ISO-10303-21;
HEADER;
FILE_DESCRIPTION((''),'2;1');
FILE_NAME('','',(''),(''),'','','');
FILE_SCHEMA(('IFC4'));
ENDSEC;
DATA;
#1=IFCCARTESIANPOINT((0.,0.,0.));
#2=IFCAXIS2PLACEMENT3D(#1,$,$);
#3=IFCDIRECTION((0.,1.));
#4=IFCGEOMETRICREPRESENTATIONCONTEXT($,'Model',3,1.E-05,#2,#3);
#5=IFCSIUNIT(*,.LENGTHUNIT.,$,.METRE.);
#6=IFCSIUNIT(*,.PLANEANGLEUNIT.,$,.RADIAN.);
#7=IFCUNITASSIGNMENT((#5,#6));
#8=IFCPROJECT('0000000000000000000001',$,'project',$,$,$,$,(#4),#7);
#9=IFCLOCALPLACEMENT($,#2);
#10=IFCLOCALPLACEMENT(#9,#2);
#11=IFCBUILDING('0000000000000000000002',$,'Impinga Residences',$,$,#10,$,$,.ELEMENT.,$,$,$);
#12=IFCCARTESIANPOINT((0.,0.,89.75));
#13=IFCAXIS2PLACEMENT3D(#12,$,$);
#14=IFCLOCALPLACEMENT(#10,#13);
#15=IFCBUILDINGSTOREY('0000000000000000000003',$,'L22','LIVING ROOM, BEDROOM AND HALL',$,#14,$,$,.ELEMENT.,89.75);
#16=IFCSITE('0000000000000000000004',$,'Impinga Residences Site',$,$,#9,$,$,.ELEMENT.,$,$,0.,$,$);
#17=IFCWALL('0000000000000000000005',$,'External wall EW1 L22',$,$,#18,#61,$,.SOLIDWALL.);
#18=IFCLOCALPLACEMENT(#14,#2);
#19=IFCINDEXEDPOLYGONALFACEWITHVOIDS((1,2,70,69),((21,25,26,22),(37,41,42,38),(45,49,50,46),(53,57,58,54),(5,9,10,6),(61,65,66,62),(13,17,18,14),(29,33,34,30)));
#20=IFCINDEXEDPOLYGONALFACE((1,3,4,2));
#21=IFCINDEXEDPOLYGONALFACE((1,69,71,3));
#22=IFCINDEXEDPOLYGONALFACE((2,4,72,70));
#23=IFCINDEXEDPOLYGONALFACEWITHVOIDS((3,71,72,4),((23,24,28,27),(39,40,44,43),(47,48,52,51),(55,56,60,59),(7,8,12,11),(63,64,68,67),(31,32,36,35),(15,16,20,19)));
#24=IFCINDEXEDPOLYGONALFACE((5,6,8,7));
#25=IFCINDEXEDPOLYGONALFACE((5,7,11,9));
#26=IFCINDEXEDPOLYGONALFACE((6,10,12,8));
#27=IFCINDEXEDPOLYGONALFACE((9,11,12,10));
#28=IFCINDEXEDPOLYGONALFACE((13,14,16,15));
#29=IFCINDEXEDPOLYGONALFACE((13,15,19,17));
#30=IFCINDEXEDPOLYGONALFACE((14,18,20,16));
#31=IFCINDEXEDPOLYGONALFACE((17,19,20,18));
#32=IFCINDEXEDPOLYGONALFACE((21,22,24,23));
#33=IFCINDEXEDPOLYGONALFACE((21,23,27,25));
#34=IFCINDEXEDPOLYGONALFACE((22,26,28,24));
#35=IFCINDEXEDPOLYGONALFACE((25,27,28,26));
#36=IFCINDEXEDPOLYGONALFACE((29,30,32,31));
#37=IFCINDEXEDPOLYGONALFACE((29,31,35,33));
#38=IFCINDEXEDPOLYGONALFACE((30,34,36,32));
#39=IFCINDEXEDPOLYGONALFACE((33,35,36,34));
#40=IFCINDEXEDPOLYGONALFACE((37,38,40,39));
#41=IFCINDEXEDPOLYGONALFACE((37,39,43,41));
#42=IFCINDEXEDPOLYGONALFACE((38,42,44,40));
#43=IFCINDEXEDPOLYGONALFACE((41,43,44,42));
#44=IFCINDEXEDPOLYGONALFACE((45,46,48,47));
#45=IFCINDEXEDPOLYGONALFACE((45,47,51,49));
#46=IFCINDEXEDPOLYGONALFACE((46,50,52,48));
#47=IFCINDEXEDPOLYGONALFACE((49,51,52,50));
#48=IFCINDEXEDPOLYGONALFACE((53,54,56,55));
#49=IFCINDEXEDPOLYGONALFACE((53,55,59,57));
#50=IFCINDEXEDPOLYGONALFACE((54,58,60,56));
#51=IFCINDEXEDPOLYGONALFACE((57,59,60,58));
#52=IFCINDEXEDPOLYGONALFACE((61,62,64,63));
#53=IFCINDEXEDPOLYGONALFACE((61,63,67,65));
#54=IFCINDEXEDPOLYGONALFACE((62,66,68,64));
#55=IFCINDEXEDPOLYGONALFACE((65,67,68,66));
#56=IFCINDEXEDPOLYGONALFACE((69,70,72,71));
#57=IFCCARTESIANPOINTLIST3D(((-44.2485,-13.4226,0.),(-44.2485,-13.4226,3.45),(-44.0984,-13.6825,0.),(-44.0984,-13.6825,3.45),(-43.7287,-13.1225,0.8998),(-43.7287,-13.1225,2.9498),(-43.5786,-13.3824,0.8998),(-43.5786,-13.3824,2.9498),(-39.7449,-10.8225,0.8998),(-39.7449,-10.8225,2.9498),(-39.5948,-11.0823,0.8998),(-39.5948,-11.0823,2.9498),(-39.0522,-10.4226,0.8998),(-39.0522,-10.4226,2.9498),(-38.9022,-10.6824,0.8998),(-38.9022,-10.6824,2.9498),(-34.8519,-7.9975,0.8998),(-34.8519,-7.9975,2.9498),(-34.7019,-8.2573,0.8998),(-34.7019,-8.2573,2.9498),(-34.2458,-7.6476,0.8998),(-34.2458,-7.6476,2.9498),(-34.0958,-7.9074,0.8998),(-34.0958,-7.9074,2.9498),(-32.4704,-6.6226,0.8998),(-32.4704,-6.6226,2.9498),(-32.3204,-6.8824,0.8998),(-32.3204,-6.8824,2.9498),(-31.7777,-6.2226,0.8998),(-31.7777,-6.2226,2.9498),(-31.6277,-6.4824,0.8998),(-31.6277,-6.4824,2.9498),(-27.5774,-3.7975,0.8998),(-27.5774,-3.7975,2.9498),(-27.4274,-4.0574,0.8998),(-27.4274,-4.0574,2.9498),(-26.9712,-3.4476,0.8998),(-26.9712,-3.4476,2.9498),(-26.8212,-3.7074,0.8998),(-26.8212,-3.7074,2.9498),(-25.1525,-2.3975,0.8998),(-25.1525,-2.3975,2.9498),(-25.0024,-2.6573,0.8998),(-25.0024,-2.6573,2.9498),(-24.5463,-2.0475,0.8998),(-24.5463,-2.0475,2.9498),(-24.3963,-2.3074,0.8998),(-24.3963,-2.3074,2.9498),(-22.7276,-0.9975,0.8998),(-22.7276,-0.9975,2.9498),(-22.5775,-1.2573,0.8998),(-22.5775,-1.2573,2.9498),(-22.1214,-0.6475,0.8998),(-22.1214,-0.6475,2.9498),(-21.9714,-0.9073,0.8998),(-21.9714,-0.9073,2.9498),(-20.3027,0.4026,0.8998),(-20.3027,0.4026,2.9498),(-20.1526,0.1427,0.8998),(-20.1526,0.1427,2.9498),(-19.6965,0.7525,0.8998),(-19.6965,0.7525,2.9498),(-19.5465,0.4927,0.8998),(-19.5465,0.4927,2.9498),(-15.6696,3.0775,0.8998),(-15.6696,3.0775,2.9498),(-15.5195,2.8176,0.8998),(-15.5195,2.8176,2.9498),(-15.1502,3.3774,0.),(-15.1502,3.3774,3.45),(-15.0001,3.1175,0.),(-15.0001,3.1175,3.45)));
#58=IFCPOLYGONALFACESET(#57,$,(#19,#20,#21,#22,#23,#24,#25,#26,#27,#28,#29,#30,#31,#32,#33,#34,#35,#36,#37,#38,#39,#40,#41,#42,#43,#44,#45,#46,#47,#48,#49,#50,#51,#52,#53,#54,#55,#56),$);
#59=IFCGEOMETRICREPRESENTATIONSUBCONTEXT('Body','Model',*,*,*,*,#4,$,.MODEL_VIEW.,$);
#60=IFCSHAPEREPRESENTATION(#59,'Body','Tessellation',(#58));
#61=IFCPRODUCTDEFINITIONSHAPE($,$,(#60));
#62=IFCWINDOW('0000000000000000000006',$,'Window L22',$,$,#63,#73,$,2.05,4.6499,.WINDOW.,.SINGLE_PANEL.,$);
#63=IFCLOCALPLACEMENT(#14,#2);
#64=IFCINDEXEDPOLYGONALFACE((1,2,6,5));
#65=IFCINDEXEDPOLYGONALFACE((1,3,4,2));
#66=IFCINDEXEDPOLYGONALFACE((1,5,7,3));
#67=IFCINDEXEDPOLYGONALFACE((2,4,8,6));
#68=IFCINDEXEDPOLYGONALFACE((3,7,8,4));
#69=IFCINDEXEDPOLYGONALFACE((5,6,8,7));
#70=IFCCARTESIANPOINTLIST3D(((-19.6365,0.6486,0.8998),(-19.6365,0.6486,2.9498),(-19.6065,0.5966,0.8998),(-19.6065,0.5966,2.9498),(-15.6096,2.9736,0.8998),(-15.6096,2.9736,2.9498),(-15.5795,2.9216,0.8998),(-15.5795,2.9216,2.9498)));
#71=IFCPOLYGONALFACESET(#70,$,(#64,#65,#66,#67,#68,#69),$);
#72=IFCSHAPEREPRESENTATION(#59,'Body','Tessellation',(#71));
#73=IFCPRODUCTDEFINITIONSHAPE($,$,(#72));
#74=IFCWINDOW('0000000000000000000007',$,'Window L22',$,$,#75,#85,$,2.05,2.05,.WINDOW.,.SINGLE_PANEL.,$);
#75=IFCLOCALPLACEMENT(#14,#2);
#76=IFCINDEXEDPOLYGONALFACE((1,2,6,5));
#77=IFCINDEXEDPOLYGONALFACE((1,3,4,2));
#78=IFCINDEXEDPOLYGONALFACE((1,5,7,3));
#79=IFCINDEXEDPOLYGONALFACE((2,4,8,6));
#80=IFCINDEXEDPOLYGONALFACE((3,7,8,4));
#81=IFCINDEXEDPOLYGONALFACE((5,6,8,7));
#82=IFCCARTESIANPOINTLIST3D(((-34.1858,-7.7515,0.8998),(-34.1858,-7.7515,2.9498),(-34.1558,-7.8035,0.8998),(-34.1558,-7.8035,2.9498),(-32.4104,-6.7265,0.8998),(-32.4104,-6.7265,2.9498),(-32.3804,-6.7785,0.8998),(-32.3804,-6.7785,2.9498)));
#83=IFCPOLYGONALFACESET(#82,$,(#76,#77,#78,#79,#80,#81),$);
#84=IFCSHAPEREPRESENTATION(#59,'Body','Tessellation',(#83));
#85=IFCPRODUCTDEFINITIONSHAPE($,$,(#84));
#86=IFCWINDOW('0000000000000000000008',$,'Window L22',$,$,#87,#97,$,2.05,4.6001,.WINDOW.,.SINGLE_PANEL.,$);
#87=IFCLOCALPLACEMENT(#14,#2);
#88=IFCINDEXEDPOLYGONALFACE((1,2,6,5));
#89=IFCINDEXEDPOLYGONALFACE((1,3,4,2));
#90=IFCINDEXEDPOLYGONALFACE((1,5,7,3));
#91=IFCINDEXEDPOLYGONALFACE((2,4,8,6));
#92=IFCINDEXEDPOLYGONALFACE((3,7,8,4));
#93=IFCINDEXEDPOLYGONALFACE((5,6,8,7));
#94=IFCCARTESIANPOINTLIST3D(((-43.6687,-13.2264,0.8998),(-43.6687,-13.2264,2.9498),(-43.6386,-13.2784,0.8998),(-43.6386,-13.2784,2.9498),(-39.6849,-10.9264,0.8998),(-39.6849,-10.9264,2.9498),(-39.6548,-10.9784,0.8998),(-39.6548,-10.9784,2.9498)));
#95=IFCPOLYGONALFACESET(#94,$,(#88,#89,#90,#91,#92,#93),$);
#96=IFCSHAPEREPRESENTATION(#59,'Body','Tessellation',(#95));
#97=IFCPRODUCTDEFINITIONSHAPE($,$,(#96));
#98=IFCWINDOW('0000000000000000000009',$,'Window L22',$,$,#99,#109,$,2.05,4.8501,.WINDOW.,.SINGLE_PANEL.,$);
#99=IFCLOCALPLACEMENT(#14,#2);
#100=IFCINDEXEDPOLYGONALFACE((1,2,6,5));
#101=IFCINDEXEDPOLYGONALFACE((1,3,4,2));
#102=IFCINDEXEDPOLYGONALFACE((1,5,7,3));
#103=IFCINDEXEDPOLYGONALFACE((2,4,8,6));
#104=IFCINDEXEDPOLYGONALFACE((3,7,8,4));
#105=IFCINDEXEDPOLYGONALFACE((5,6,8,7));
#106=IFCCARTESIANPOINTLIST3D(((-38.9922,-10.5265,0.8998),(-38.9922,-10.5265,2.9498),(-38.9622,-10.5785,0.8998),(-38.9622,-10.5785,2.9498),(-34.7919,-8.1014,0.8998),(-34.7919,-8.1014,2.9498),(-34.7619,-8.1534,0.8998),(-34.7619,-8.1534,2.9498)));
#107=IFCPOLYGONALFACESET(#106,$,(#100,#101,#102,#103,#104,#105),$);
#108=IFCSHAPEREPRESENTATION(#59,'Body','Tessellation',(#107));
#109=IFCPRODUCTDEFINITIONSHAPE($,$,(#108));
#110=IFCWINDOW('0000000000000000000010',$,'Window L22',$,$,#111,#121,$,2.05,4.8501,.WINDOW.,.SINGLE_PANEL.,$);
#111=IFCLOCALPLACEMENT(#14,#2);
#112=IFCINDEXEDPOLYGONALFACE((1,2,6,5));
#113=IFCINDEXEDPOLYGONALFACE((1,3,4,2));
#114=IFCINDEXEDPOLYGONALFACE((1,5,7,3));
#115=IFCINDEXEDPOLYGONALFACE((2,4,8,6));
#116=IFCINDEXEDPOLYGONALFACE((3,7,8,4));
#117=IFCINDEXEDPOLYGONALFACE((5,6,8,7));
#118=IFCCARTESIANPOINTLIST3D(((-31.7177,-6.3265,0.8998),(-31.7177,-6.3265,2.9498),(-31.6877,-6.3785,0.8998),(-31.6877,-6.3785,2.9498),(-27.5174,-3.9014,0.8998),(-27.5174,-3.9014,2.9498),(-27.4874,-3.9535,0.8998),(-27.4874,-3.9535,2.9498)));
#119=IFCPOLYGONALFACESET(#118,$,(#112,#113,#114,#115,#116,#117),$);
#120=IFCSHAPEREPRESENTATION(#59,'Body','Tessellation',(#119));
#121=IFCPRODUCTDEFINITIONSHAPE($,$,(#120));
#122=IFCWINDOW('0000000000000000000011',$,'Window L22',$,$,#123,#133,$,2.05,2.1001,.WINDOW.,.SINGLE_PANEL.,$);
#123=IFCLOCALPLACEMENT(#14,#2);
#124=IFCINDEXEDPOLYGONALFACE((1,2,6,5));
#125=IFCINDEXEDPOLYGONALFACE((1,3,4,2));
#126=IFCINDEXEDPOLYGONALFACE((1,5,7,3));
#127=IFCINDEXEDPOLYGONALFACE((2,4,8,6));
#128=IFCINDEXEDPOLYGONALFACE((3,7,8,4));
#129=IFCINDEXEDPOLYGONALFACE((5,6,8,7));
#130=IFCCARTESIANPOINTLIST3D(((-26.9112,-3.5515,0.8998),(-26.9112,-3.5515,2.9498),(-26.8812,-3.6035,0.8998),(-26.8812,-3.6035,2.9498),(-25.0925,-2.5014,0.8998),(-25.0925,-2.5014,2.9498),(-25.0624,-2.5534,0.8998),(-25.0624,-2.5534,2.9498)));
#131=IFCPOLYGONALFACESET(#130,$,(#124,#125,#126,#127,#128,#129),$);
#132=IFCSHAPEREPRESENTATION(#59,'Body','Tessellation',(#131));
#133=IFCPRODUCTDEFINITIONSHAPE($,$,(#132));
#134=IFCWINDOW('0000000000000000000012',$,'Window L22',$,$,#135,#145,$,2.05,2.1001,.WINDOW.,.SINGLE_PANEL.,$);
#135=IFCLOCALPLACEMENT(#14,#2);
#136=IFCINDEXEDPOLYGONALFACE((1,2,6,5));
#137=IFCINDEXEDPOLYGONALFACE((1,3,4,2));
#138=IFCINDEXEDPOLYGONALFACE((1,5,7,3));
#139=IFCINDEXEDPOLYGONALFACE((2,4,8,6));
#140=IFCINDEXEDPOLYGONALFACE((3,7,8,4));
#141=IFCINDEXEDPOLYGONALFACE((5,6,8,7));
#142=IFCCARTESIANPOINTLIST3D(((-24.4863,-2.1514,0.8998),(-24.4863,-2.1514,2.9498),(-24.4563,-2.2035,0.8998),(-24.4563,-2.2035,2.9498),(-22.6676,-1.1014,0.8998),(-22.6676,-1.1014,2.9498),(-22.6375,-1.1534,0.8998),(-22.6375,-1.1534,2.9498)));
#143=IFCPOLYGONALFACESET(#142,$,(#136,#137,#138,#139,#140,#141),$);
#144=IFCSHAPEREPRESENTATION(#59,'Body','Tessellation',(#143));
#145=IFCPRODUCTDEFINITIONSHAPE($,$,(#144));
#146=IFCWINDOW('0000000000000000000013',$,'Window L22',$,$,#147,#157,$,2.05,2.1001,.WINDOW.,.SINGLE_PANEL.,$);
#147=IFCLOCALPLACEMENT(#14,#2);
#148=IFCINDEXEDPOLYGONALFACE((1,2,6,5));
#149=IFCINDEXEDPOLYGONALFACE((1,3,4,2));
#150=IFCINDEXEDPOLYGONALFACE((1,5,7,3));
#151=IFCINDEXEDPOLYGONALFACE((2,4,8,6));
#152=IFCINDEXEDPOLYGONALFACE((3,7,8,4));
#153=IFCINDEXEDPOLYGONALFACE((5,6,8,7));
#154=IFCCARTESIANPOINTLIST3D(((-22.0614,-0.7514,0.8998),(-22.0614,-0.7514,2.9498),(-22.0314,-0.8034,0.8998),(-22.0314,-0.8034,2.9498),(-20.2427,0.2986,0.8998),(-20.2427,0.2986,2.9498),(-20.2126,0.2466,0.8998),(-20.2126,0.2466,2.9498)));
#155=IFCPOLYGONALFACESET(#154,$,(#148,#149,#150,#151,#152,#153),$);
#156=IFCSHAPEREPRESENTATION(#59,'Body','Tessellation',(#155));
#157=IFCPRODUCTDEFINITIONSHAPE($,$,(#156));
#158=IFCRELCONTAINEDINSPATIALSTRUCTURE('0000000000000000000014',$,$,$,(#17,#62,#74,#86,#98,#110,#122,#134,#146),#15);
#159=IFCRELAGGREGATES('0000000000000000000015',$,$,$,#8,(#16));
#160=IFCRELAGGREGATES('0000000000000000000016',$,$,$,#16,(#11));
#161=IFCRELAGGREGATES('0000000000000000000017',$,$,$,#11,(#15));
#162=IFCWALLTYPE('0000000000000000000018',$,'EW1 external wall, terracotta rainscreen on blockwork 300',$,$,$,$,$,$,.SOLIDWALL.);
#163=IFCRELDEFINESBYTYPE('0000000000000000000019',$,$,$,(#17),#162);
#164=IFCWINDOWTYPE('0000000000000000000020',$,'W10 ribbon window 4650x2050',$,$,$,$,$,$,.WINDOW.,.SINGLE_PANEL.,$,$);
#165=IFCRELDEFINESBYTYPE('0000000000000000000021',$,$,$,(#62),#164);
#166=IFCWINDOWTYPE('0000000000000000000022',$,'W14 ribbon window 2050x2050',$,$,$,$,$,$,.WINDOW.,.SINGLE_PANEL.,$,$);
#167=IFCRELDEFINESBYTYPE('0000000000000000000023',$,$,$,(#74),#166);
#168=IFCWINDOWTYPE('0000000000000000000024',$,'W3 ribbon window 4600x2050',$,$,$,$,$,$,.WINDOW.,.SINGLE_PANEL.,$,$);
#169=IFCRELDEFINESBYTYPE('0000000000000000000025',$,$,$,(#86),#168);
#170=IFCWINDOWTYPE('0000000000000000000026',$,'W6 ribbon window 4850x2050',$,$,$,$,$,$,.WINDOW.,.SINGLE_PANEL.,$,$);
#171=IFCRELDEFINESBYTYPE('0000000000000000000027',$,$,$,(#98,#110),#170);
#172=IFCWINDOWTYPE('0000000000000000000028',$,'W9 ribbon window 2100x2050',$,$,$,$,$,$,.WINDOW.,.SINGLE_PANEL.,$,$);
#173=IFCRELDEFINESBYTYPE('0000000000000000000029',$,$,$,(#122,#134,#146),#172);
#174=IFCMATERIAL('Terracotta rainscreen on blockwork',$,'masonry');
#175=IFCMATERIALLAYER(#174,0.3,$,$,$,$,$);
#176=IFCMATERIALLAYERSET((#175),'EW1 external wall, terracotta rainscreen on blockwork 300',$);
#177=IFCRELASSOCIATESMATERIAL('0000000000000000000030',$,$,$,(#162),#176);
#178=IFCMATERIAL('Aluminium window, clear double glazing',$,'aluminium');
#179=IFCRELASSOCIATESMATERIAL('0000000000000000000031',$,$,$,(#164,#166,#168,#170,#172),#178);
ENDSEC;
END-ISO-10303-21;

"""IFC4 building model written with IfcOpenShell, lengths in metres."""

from ifc_helpers import new_model, si_unit, direction, frame, frame_2d, origin, place, context, subcontext, project, spatial, rectangle, extrude, material, layer, layer_set, type_object, element, fill, save


model = new_model("IFC4")

# Units and contexts
model_context = context("Model", 3, precision=1e-05, world=origin(), true_north=direction((0.0, 1.0)))
body_context = subcontext(model_context, "Body", "Model", "MODEL_VIEW")
ifc_project = project(units=[si_unit("LENGTHUNIT", "METRE"), si_unit("PLANEANGLEUNIT", "RADIAN")], contexts=[model_context])

# Site, building, storey
site_placement = place(None, origin())
site = spatial("IfcSite", under=ifc_project, at=site_placement, Name="Impinga Residences Site", CompositionType="ELEMENT", RefElevation=0.0)
building_placement = place(site_placement, origin())
building = spatial("IfcBuilding", under=site, at=building_placement, Name="Impinga Residences", CompositionType="ELEMENT")
storey_placement = place(building_placement, frame((0.0, 0.0, 89.75)))
storey = spatial("IfcBuildingStorey", under=building, at=storey_placement, Name="L22", Description="LIVING ROOM, BEDROOM AND HALL", CompositionType="ELEMENT", Elevation=89.75)

# Shared definitions
ifc_material_1 = material(Name="Terracotta rainscreen on blockwork", Category="masonry")
ifc_layer_1 = layer(ifc_material_1, 0.3)
ifc_layer_set_1 = layer_set([ifc_layer_1], Name="EW1 external wall, terracotta rainscreen on blockwork 300")
wall_type_1 = type_object("IfcWallType", Name="EW1 external wall, terracotta rainscreen on blockwork 300", PredefinedType="SOLIDWALL", material=ifc_layer_set_1)

# Wall, openings, windows
wall_1_placement = place(storey_placement, frame((-44.1733, -13.5525, 0.0), z_axis=(0.0, 0.0, 1.0), x_axis=(0.866024, 0.500002, 0.0)))
wall_1 = element("IfcWall", 1, at=wall_1_placement, inside=storey, type_object=wall_type_1, Name="External wall EW1 L22", PredefinedType="SOLIDWALL", context=body_context, shape_type="SweptSolid", body=[
    extrude(rectangle(XDim=33.5999, YDim=0.3, at=frame_2d((16.7998, 0.0))), origin(), (0.0, 0.0, 1.0), 3.45),
])
opening_1_placement = place(wall_1_placement, frame((0.6001, 0.0, 0.8999)))
opening_1 = element("IfcOpeningElement", 2, at=opening_1_placement, cuts=wall_1, PredefinedType="OPENING", context=body_context, shape_type="SweptSolid", body=[
    extrude(rectangle(XDim=4.6001, YDim=2.05, at=frame_2d((2.3, 1.0249))), frame((0.0, 0.1599, 0.0), z_axis=(0.0, -1.0, 0.0), x_axis=(1.0, 0.0, 0.0)), (0.0, 0.0, 1.0), 0.3201),
])
opening_2_placement = place(wall_1_placement, frame((6.0, 0.0, 0.8999)))
opening_2 = element("IfcOpeningElement", 3, at=opening_2_placement, cuts=wall_1, PredefinedType="OPENING", context=body_context, shape_type="SweptSolid", body=[
    extrude(rectangle(XDim=4.8501, YDim=2.05, at=frame_2d((2.425, 1.0249))), frame((0.0, 0.1599, 0.0), z_axis=(0.0, -1.0, 0.0), x_axis=(1.0, 0.0, 0.0)), (0.0, 0.0, 1.0), 0.3201),
])
opening_3_placement = place(wall_1_placement, frame((11.55, 0.0, 0.8999)))
opening_3 = element("IfcOpeningElement", 4, at=opening_3_placement, cuts=wall_1, PredefinedType="OPENING", context=body_context, shape_type="SweptSolid", body=[
    extrude(rectangle(XDim=2.05, YDim=2.05, at=frame_2d((1.0249, 1.0249))), frame((0.0, 0.1599, 0.0), z_axis=(0.0, -1.0, 0.0), x_axis=(1.0, 0.0, 0.0)), (0.0, 0.0, 1.0), 0.3201),
])
opening_4_placement = place(wall_1_placement, frame((14.3999, 0.0, 0.8999)))
opening_4 = element("IfcOpeningElement", 5, at=opening_4_placement, cuts=wall_1, PredefinedType="OPENING", context=body_context, shape_type="SweptSolid", body=[
    extrude(rectangle(XDim=4.8501, YDim=2.05, at=frame_2d((2.425, 1.0249))), frame((0.0, 0.1599, 0.0), z_axis=(0.0, -1.0, 0.0), x_axis=(1.0, 0.0, 0.0)), (0.0, 0.0, 1.0), 0.3201),
])
opening_5_placement = place(wall_1_placement, frame((19.95, 0.0, 0.8999)))
opening_5 = element("IfcOpeningElement", 6, at=opening_5_placement, cuts=wall_1, PredefinedType="OPENING", context=body_context, shape_type="SweptSolid", body=[
    extrude(rectangle(XDim=2.1001, YDim=2.05, at=frame_2d((1.05, 1.0249))), frame((0.0, 0.1599, 0.0), z_axis=(0.0, -1.0, 0.0), x_axis=(1.0, 0.0, 0.0)), (0.0, 0.0, 1.0), 0.3201),
])
opening_6_placement = place(wall_1_placement, frame((22.75, 0.0, 0.8999)))
opening_6 = element("IfcOpeningElement", 7, at=opening_6_placement, cuts=wall_1, PredefinedType="OPENING", context=body_context, shape_type="SweptSolid", body=[
    extrude(rectangle(XDim=2.1001, YDim=2.05, at=frame_2d((1.05, 1.0249))), frame((0.0, 0.1599, 0.0), z_axis=(0.0, -1.0, 0.0), x_axis=(1.0, 0.0, 0.0)), (0.0, 0.0, 1.0), 0.3201),
])
opening_7_placement = place(wall_1_placement, frame((25.55, 0.0, 0.8999)))
opening_7 = element("IfcOpeningElement", 8, at=opening_7_placement, cuts=wall_1, PredefinedType="OPENING", context=body_context, shape_type="SweptSolid", body=[
    extrude(rectangle(XDim=2.1001, YDim=2.05, at=frame_2d((1.05, 1.0249))), frame((0.0, 0.1599, 0.0), z_axis=(0.0, -1.0, 0.0), x_axis=(1.0, 0.0, 0.0)), (0.0, 0.0, 1.0), 0.3201),
])
opening_8_placement = place(wall_1_placement, frame((28.3501, 0.0, 0.8999)))
opening_8 = element("IfcOpeningElement", 9, at=opening_8_placement, cuts=wall_1, PredefinedType="OPENING", context=body_context, shape_type="SweptSolid", body=[
    extrude(rectangle(XDim=4.6499, YDim=2.05, at=frame_2d((2.325, 1.0249))), frame((0.0, 0.1599, 0.0), z_axis=(0.0, -1.0, 0.0), x_axis=(1.0, 0.0, 0.0)), (0.0, 0.0, 1.0), 0.3201),
])
ifc_material_2 = material(Name="Aluminium window, clear double glazing", Category="aluminium")
window_type_1 = type_object("IfcWindowType", Name="W10 ribbon window 4650x2050", PartitioningType="SINGLE_PANEL", PredefinedType="WINDOW", material=ifc_material_2)
window_1_placement = place(opening_8_placement, origin())
window_1 = element("IfcWindow", 10, at=window_1_placement, inside=storey, type_object=window_type_1, Name="Window L22", OverallHeight=2.05, OverallWidth=4.6499, PartitioningType="SINGLE_PANEL", PredefinedType="WINDOW", context=body_context, shape_type="SweptSolid", body=[
    extrude(rectangle(XDim=4.6499, YDim=2.05, at=frame_2d((2.325, 1.0249))), frame((0.0, 0.03, 0.0), z_axis=(0.0, -1.0, 0.0), x_axis=(1.0, 0.0, 0.0)), (0.0, 0.0, 1.0), 0.0601),
])
fill(opening_8, window_1)
window_type_2 = type_object("IfcWindowType", Name="W14 ribbon window 2050x2050", PartitioningType="SINGLE_PANEL", PredefinedType="WINDOW", material=ifc_material_2)
window_2_placement = place(opening_3_placement, origin())
window_2 = element("IfcWindow", 11, at=window_2_placement, inside=storey, type_object=window_type_2, Name="Window L22", OverallHeight=2.05, OverallWidth=2.05, PartitioningType="SINGLE_PANEL", PredefinedType="WINDOW", context=body_context, shape_type="SweptSolid", body=[
    extrude(rectangle(XDim=2.05, YDim=2.05, at=frame_2d((1.0249, 1.0249))), frame((0.0, 0.03, 0.0), z_axis=(0.0, -1.0, 0.0), x_axis=(1.0, 0.0, 0.0)), (0.0, 0.0, 1.0), 0.0601),
])
fill(opening_3, window_2)
window_type_3 = type_object("IfcWindowType", Name="W3 ribbon window 4600x2050", PartitioningType="SINGLE_PANEL", PredefinedType="WINDOW", material=ifc_material_2)
window_3_placement = place(opening_1_placement, origin())
window_3 = element("IfcWindow", 12, at=window_3_placement, inside=storey, type_object=window_type_3, Name="Window L22", OverallHeight=2.05, OverallWidth=4.6001, PartitioningType="SINGLE_PANEL", PredefinedType="WINDOW", context=body_context, shape_type="SweptSolid", body=[
    extrude(rectangle(XDim=4.6001, YDim=2.05, at=frame_2d((2.3, 1.0249))), frame((0.0, 0.03, 0.0), z_axis=(0.0, -1.0, 0.0), x_axis=(1.0, 0.0, 0.0)), (0.0, 0.0, 1.0), 0.0601),
])
fill(opening_1, window_3)
window_type_4 = type_object("IfcWindowType", Name="W6 ribbon window 4850x2050", PartitioningType="SINGLE_PANEL", PredefinedType="WINDOW", material=ifc_material_2)
window_4_placement = place(opening_2_placement, origin())
window_4 = element("IfcWindow", 13, at=window_4_placement, inside=storey, type_object=window_type_4, Name="Window L22", OverallHeight=2.05, OverallWidth=4.8501, PartitioningType="SINGLE_PANEL", PredefinedType="WINDOW", context=body_context, shape_type="SweptSolid", body=[
    extrude(rectangle(XDim=4.8501, YDim=2.05, at=frame_2d((2.425, 1.0249))), frame((0.0, 0.03, 0.0), z_axis=(0.0, -1.0, 0.0), x_axis=(1.0, 0.0, 0.0)), (0.0, 0.0, 1.0), 0.0601),
])
fill(opening_2, window_4)
window_5_placement = place(opening_4_placement, origin())
window_5 = element("IfcWindow", 14, at=window_5_placement, inside=storey, type_object=window_type_4, Name="Window L22", OverallHeight=2.05, OverallWidth=4.8501, PartitioningType="SINGLE_PANEL", PredefinedType="WINDOW", context=body_context, shape_type="SweptSolid", body=[
    extrude(rectangle(XDim=4.8501, YDim=2.05, at=frame_2d((2.425, 1.0249))), frame((0.0, 0.03, 0.0), z_axis=(0.0, -1.0, 0.0), x_axis=(1.0, 0.0, 0.0)), (0.0, 0.0, 1.0), 0.0601),
])
fill(opening_4, window_5)
window_type_5 = type_object("IfcWindowType", Name="W9 ribbon window 2100x2050", PartitioningType="SINGLE_PANEL", PredefinedType="WINDOW", material=ifc_material_2)
window_6_placement = place(opening_5_placement, origin())
window_6 = element("IfcWindow", 15, at=window_6_placement, inside=storey, type_object=window_type_5, Name="Window L22", OverallHeight=2.05, OverallWidth=2.1001, PartitioningType="SINGLE_PANEL", PredefinedType="WINDOW", context=body_context, shape_type="SweptSolid", body=[
    extrude(rectangle(XDim=2.1001, YDim=2.05, at=frame_2d((1.05, 1.0249))), frame((0.0, 0.03, 0.0), z_axis=(0.0, -1.0, 0.0), x_axis=(1.0, 0.0, 0.0)), (0.0, 0.0, 1.0), 0.0601),
])
fill(opening_5, window_6)
window_7_placement = place(opening_6_placement, origin())
window_7 = element("IfcWindow", 16, at=window_7_placement, inside=storey, type_object=window_type_5, Name="Window L22", OverallHeight=2.05, OverallWidth=2.1001, PartitioningType="SINGLE_PANEL", PredefinedType="WINDOW", context=body_context, shape_type="SweptSolid", body=[
    extrude(rectangle(XDim=2.1001, YDim=2.05, at=frame_2d((1.05, 1.0249))), frame((0.0, 0.03, 0.0), z_axis=(0.0, -1.0, 0.0), x_axis=(1.0, 0.0, 0.0)), (0.0, 0.0, 1.0), 0.0601),
])
fill(opening_6, window_7)
window_8_placement = place(opening_7_placement, origin())
window_8 = element("IfcWindow", 17, at=window_8_placement, inside=storey, type_object=window_type_5, Name="Window L22", OverallHeight=2.05, OverallWidth=2.1001, PartitioningType="SINGLE_PANEL", PredefinedType="WINDOW", context=body_context, shape_type="SweptSolid", body=[
    extrude(rectangle(XDim=2.1001, YDim=2.05, at=frame_2d((1.05, 1.0249))), frame((0.0, 0.03, 0.0), z_axis=(0.0, -1.0, 0.0), x_axis=(1.0, 0.0, 0.0)), (0.0, 0.0, 1.0), 0.0601),
])
fill(opening_7, window_8)

save(model, "model.ifc")
